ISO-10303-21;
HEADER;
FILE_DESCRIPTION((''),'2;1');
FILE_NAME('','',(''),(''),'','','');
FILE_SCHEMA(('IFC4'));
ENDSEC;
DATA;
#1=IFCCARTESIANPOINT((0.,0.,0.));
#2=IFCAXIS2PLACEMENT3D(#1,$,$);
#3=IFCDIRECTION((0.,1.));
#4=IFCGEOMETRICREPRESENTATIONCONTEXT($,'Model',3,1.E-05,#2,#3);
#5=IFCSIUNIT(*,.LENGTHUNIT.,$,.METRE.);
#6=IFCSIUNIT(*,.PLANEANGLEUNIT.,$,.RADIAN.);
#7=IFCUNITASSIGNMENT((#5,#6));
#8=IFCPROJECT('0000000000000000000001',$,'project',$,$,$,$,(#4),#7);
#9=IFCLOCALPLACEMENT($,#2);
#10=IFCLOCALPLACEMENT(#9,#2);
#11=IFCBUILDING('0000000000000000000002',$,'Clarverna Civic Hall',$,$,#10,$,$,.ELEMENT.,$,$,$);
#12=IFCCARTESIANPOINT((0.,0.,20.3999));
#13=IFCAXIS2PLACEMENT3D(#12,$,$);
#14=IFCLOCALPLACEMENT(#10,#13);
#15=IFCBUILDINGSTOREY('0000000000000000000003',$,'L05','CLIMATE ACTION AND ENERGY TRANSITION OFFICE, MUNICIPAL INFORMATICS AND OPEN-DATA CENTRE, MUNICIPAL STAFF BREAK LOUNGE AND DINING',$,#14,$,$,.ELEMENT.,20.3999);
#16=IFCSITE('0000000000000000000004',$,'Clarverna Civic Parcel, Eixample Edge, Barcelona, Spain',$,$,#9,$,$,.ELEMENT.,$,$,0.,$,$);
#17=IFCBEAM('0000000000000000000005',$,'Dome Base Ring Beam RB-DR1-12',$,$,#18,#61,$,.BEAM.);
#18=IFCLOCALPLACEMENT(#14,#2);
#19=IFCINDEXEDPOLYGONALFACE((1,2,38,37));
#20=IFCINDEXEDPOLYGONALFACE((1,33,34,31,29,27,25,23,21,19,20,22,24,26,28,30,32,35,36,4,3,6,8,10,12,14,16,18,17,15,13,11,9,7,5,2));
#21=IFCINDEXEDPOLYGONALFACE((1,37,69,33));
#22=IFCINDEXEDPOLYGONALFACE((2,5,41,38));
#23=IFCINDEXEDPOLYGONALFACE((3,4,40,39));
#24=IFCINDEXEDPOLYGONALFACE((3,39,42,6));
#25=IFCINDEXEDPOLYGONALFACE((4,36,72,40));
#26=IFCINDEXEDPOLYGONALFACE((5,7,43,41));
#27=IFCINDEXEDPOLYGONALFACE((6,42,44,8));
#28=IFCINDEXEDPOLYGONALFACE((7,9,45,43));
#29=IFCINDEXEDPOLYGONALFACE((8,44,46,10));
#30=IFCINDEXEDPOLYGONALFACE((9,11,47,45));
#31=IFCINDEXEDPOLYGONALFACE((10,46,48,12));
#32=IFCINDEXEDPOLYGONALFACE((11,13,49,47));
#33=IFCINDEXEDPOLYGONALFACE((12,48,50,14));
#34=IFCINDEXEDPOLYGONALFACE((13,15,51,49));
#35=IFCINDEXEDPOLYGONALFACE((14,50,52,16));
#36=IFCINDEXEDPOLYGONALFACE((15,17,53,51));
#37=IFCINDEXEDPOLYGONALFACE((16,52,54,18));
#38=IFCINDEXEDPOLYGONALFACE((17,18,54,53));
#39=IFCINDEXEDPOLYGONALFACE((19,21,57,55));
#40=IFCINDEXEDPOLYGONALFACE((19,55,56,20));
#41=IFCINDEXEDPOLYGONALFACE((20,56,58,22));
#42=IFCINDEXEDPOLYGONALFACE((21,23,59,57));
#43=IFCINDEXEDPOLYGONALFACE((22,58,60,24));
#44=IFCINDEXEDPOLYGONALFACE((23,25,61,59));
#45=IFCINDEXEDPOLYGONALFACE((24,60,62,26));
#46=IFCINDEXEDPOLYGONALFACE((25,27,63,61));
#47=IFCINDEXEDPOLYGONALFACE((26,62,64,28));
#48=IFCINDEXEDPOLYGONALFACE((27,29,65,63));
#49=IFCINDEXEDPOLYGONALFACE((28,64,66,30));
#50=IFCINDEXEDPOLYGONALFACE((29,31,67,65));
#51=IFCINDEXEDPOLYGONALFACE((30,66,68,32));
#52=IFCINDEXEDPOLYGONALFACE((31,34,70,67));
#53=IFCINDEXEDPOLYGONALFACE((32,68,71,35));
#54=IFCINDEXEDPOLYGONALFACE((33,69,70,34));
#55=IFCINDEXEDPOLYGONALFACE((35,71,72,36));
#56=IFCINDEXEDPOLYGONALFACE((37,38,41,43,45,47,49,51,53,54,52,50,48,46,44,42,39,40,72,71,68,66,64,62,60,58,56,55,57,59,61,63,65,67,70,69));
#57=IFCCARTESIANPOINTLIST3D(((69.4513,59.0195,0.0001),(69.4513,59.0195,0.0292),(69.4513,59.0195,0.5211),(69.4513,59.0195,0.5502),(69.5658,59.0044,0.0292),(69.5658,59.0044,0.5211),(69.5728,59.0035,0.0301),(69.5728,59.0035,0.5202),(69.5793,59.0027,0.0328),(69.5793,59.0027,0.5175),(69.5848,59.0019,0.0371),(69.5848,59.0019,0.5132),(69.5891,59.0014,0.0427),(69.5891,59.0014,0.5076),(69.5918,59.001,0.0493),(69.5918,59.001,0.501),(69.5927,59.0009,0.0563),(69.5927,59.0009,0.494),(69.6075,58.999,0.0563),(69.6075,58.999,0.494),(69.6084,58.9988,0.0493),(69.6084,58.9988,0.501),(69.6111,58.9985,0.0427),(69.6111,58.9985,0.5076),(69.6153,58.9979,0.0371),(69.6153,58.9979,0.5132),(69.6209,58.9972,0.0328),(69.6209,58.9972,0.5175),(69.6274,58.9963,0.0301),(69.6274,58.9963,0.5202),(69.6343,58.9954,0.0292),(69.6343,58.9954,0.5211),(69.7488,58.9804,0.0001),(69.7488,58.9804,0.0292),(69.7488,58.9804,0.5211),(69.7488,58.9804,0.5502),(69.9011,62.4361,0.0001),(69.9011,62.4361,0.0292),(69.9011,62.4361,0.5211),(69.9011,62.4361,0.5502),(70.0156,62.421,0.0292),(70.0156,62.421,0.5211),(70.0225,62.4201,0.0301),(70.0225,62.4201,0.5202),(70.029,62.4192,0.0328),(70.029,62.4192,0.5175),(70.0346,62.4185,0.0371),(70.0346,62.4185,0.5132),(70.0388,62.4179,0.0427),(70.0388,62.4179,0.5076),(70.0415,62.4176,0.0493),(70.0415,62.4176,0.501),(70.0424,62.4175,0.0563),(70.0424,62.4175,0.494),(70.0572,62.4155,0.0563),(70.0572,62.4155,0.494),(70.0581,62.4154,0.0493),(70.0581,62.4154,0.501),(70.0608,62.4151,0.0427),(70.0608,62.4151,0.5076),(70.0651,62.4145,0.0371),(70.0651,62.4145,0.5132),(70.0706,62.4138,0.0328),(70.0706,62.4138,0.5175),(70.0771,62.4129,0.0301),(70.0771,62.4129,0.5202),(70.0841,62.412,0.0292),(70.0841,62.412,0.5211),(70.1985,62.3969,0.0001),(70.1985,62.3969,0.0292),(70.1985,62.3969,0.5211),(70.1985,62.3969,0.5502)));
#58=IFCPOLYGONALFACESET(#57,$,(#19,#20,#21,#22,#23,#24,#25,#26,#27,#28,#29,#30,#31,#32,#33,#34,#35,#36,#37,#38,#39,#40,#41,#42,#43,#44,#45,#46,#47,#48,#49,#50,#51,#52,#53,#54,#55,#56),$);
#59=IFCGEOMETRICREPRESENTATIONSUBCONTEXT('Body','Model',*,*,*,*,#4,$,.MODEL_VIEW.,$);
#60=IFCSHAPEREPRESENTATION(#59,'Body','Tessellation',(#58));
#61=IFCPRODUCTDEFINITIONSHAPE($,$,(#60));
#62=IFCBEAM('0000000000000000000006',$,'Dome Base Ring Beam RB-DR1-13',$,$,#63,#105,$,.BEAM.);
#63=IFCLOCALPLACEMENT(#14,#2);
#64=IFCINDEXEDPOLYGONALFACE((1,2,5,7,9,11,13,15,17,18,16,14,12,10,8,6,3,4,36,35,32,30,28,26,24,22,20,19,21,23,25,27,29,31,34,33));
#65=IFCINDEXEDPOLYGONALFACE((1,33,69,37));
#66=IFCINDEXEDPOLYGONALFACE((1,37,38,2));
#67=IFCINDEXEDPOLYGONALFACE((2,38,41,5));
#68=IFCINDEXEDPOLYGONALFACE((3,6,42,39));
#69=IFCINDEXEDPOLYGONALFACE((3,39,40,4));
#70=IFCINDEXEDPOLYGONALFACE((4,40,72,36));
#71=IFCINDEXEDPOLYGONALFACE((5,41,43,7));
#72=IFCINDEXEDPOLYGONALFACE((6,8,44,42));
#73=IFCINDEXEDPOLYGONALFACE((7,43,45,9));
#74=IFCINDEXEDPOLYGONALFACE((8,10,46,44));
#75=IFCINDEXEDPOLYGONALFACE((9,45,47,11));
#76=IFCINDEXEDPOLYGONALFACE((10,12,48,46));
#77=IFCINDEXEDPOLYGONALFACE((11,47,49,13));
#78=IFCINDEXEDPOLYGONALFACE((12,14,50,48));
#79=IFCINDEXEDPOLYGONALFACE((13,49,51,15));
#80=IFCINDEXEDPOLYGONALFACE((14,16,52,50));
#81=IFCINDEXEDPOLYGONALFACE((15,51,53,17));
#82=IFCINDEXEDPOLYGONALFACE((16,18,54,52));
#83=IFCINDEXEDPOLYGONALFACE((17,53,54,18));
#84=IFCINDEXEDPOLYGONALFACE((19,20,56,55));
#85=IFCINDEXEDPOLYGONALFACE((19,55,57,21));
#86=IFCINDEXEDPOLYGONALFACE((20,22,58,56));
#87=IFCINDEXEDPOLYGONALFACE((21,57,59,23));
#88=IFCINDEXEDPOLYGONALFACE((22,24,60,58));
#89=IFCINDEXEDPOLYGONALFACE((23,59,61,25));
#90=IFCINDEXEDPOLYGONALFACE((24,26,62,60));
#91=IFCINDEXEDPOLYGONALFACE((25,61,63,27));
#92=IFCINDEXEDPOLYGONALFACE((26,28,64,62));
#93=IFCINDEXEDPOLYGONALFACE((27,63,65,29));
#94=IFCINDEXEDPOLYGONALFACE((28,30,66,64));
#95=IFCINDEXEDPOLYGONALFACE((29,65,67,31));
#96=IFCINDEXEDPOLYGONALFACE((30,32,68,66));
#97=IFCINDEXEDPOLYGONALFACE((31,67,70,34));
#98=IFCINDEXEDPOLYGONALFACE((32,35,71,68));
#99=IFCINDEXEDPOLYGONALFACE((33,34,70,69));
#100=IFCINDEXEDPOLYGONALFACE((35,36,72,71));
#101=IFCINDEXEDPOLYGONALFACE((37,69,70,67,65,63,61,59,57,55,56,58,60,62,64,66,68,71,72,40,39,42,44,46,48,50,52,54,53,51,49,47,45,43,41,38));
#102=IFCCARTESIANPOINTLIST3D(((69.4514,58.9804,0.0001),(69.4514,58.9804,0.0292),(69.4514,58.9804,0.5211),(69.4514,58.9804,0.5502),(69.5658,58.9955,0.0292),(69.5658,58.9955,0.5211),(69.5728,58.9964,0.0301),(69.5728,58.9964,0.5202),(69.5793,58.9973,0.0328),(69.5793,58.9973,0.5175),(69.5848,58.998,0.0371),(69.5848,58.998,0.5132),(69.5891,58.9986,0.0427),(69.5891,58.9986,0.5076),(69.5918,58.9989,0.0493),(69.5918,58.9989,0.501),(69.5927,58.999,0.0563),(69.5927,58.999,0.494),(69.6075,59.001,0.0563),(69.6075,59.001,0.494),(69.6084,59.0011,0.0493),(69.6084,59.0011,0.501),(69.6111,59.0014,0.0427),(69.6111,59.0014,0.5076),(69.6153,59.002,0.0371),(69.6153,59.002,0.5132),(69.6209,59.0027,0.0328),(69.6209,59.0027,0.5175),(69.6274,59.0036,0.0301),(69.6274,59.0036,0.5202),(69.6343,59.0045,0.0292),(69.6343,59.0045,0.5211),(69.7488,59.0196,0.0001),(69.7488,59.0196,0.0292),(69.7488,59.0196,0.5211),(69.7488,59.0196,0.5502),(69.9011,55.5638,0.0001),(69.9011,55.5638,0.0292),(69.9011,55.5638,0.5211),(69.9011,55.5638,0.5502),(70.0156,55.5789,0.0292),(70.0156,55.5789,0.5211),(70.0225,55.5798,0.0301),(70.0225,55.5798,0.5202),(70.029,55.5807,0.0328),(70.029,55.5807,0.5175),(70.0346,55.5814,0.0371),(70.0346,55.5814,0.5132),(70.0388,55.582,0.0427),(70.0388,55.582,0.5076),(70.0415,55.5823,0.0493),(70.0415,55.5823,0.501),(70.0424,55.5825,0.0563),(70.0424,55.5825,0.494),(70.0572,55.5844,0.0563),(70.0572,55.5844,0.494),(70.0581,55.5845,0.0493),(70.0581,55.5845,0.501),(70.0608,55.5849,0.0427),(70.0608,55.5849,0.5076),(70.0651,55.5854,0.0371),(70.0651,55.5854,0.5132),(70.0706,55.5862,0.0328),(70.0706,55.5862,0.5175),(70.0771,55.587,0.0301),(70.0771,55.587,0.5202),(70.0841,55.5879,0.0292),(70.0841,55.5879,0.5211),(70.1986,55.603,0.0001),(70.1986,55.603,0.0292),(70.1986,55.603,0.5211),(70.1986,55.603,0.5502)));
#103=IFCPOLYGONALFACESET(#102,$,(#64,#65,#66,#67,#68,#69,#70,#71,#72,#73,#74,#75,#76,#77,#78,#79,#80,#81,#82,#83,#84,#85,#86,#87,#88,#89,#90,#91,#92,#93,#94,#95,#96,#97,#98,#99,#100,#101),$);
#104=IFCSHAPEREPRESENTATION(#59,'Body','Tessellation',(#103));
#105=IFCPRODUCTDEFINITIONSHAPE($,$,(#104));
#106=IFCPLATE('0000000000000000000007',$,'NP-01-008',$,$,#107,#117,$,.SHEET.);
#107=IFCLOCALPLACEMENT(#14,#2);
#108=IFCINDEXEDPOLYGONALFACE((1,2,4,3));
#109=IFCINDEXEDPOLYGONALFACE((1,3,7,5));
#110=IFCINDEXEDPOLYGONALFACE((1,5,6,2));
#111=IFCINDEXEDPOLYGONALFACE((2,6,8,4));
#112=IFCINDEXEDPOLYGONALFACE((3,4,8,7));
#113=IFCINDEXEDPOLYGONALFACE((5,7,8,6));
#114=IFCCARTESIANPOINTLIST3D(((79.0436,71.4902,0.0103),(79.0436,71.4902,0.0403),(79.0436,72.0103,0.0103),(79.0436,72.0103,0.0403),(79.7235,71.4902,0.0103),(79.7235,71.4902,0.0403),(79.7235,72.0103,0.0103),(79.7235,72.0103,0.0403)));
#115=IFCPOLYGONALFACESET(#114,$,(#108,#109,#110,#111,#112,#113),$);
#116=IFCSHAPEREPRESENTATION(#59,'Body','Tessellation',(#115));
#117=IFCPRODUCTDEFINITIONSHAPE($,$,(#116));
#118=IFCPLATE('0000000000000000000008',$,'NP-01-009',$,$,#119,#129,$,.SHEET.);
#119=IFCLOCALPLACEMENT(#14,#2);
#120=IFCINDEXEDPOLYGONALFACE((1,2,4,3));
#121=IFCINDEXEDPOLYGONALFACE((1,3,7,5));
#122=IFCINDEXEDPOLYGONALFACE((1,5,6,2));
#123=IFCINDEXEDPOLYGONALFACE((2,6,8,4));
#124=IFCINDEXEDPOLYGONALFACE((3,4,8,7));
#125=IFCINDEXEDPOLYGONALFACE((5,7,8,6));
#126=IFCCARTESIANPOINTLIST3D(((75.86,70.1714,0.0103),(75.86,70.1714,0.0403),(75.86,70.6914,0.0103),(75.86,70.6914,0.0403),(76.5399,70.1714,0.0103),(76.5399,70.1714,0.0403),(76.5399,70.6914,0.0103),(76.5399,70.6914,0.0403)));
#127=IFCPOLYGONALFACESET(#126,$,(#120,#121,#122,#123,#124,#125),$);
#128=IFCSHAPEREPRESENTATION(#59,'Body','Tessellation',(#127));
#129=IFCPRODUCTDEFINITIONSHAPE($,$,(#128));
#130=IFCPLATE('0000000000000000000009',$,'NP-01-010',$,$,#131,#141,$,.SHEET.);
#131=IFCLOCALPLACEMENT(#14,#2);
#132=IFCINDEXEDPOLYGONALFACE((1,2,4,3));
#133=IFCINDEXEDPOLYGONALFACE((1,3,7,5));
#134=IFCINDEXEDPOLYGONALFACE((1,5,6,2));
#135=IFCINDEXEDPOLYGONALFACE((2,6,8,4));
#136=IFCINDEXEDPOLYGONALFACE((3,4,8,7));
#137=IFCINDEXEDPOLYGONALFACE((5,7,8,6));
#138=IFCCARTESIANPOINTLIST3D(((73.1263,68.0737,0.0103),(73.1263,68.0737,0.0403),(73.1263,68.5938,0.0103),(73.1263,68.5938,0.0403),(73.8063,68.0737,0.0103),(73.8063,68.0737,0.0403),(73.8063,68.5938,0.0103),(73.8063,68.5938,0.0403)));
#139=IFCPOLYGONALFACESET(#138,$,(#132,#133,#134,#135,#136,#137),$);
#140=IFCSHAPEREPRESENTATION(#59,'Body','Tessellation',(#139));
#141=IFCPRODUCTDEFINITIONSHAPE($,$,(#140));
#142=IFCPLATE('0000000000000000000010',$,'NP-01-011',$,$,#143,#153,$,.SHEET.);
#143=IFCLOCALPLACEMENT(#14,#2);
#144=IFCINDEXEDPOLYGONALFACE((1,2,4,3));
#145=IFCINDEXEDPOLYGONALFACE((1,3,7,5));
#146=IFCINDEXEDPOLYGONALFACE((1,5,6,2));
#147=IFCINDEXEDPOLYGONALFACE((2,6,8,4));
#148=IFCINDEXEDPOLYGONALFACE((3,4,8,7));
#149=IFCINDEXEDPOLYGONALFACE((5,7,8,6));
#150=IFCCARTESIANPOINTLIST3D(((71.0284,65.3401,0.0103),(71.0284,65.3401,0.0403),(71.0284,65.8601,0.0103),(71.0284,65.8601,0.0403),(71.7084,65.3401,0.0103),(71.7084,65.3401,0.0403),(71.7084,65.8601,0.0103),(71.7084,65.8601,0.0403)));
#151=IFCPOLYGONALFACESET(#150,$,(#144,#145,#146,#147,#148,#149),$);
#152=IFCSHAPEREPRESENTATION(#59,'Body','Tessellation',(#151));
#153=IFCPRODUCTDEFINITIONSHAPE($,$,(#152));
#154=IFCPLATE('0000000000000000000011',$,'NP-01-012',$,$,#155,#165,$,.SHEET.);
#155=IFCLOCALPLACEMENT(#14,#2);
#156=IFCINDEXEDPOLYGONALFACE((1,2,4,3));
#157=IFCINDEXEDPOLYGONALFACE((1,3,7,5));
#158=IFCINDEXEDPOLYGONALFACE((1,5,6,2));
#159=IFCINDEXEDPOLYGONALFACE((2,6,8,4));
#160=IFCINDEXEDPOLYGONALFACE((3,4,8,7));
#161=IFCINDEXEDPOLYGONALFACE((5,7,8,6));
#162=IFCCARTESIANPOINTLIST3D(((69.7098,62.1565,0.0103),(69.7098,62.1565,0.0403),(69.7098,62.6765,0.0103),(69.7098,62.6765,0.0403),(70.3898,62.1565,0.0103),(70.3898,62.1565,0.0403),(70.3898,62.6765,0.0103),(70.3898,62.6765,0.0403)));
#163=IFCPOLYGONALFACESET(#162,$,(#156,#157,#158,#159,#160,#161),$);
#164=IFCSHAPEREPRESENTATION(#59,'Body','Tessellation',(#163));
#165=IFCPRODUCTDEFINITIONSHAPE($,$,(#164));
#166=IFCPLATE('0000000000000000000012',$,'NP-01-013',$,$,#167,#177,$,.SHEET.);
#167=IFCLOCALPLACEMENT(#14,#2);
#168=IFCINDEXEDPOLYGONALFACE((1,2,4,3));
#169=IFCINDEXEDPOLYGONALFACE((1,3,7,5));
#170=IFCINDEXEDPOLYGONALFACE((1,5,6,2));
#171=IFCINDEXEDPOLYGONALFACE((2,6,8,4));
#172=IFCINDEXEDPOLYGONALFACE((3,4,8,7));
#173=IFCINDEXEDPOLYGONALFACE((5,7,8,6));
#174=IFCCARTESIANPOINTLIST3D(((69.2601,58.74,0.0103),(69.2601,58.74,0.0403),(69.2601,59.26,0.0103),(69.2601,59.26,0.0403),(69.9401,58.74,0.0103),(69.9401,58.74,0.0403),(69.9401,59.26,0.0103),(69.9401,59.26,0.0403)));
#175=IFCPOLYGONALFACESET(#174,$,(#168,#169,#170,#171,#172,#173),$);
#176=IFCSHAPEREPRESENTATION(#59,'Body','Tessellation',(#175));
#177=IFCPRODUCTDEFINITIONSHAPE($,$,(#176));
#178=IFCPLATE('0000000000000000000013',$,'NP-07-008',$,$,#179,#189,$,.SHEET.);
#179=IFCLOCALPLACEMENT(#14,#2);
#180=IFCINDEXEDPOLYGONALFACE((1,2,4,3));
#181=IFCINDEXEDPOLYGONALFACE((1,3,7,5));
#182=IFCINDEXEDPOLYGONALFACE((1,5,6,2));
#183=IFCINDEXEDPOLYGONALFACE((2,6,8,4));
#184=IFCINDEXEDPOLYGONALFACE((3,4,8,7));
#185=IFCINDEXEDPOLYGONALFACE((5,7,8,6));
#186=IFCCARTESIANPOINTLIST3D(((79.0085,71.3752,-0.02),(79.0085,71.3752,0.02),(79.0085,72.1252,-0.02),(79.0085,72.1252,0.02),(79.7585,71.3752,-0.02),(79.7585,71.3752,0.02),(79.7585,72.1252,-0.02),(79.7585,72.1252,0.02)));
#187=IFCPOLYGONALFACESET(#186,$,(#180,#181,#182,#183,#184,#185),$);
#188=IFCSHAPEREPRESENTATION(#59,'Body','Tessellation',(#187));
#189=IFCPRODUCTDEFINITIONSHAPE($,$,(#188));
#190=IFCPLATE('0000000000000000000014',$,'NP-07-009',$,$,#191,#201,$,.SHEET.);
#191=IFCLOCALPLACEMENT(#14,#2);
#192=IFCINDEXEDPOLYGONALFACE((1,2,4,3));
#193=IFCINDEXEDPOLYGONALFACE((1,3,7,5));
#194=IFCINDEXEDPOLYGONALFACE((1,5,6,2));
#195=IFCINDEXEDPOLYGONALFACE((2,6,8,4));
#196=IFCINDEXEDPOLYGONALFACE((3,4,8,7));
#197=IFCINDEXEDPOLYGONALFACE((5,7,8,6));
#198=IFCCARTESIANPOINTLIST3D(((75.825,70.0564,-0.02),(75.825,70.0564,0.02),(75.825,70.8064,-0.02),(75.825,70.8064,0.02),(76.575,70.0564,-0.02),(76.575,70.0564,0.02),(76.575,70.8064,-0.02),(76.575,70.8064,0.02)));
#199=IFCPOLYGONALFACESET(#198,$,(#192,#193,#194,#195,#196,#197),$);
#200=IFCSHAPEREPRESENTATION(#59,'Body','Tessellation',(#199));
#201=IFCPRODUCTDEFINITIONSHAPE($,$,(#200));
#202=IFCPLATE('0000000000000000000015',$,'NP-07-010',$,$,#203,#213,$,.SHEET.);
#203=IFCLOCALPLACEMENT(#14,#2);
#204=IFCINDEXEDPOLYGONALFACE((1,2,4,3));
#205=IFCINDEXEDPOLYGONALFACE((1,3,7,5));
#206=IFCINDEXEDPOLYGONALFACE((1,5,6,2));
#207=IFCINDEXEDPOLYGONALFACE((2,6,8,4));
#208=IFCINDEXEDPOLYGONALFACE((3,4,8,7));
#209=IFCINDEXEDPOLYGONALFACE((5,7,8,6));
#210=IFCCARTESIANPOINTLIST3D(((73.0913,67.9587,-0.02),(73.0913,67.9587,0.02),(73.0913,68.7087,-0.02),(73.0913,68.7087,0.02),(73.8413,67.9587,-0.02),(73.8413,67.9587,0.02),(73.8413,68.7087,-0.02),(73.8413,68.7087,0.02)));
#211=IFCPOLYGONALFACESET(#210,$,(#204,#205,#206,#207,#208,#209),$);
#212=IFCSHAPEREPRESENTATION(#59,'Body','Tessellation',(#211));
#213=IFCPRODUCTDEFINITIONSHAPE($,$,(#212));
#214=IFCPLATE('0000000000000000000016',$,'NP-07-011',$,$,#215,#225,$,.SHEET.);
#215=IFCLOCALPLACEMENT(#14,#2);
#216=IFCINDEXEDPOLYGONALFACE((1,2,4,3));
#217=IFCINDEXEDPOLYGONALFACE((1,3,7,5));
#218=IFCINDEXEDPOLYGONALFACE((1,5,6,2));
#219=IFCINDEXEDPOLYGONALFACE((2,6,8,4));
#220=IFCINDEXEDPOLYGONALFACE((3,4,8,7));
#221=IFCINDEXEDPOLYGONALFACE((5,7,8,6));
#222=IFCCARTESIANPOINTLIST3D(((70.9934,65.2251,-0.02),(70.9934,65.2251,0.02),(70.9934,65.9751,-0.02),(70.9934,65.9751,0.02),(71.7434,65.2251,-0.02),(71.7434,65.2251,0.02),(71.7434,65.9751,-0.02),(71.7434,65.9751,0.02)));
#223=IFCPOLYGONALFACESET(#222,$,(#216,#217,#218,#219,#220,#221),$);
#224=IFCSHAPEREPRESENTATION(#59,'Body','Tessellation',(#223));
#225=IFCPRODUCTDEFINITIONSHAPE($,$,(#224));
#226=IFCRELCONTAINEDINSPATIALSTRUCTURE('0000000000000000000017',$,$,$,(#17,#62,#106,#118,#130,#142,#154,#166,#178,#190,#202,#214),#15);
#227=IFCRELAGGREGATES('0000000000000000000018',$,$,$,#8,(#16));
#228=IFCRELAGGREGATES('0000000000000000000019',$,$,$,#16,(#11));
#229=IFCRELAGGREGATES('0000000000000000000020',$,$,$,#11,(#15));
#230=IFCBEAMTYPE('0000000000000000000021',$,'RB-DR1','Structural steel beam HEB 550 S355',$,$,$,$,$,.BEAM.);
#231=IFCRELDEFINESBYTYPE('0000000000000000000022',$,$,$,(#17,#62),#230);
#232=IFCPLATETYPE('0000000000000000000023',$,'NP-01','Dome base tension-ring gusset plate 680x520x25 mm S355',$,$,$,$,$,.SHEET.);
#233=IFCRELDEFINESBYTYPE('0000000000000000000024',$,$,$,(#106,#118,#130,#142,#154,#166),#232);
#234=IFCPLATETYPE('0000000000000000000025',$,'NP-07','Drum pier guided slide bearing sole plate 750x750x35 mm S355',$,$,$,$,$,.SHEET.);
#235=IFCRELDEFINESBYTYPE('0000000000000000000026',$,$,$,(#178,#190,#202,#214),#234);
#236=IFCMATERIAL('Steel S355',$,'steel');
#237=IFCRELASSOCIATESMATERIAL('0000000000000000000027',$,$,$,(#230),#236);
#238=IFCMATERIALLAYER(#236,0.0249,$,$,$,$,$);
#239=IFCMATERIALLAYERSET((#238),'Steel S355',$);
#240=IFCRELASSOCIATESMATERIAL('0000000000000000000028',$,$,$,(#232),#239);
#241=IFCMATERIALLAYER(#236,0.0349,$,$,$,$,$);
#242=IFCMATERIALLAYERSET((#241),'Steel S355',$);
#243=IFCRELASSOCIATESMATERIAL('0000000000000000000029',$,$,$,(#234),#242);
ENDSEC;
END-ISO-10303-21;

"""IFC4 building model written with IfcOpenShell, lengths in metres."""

from ifc_helpers import new_model, si_unit, direction, frame, origin, origin_2d, place, context, subcontext, project, spatial, rectangle, i_section, extrude, material, layer, layer_set, material_profile, profile_set, type_object, element, save


model = new_model("IFC4")

# Units and contexts
model_context = context("Model", 3, precision=1e-05, world=origin(), true_north=direction((0.0, 1.0)))
body_context = subcontext(model_context, "Body", "Model", "MODEL_VIEW")
ifc_project = project(units=[si_unit("LENGTHUNIT", "METRE"), si_unit("PLANEANGLEUNIT", "RADIAN")], contexts=[model_context])

# Site, building, storey
site_placement = place(None, origin())
site = spatial("IfcSite", under=ifc_project, at=site_placement, Name="Clarverna Civic Parcel, Eixample Edge, Barcelona, Spain", CompositionType="ELEMENT", RefElevation=0.0)
building_placement = place(site_placement, origin())
building = spatial("IfcBuilding", under=site, at=building_placement, Name="Clarverna Civic Hall", CompositionType="ELEMENT")
storey_placement = place(building_placement, frame((0.0, 0.0, 20.3999)))
storey = spatial("IfcBuildingStorey", under=building, at=storey_placement, Name="L05", Description="CLIMATE ACTION AND ENERGY TRANSITION OFFICE, MUNICIPAL INFORMATICS AND OPEN-DATA CENTRE, MUNICIPAL STAFF BREAK LOUNGE AND DINING", CompositionType="ELEMENT", Elevation=20.3999)

# Beams
ifc_material_1 = material(Name="Steel S355", Category="steel")
ifc_material_profile = material_profile(ifc_material_1, i_section(OverallWidth=0.3, OverallDepth=0.55, WebThickness=0.0149, FlangeThickness=0.0291, FilletRadius=0.0271, at=origin_2d()), Name="HEB 550")
ifc_profile_set = profile_set([ifc_material_profile], Name="Steel S355")
beam_type = type_object("IfcBeamType", Name="RB-DR1", Description="Structural steel beam HEB 550 S355", PredefinedType="BEAM", material=ifc_profile_set)
for number, where, z_axis, x_axis, name in (
    (1, (70.0498, 62.4165, 0.2751), (-0.130502, -0.991448, 0.0), (0.991448, -0.130502, 0.0), "Dome Base Ring Beam RB-DR1-12"),
    (2, (69.6001, 59.0, 0.2751), (0.130502, -0.991448, 0.0), (0.991448, 0.130502, 0.0), "Dome Base Ring Beam RB-DR1-13"),
):
    element("IfcBeam", number, at=place(storey_placement, frame(where, z_axis=z_axis, x_axis=x_axis)), inside=storey, type_object=beam_type, Name=name, PredefinedType="BEAM", context=body_context, shape_type="SweptSolid", body=[
        extrude(i_section(OverallWidth=0.3, OverallDepth=0.55, WebThickness=0.0149, FlangeThickness=0.0291, FilletRadius=0.0271, at=origin_2d()), origin(), (0.0, 0.0, 1.0), 3.446),
    ])

# Plates
ifc_layer_1 = layer(ifc_material_1, 0.0249)
ifc_layer_set_1 = layer_set([ifc_layer_1], Name="Steel S355")
plate_type_1 = type_object("IfcPlateType", Name="NP-01", Description="Dome base tension-ring gusset plate 680x520x25 mm S355", PredefinedType="SHEET", material=ifc_layer_set_1)
for number, where, z_axis, x_axis, name in (
    (3, (79.3835, 71.7502, 0.0103), (0.0, 0.0, 1.0), (1.0, 0.0, 0.0), "NP-01-008"),
    (4, (76.2, 70.4314, 0.0103), (0.0, 0.0, 1.0), (1.0, 0.0, 0.0), "NP-01-009"),
    (5, (73.4663, 68.3337, 0.0103), (0.0, 0.0, 1.0), (1.0, 0.0, 0.0), "NP-01-010"),
    (6, (71.3684, 65.6001, 0.0103), (0.0, 0.0, 1.0), (1.0, 0.0, 0.0), "NP-01-011"),
    (7, (70.0498, 62.4165, 0.0103), (0.0, 0.0, 1.0), (1.0, 0.0, 0.0), "NP-01-012"),
    (8, (69.6001, 59.0, 0.0103), (0.0, 0.0, 1.0), (1.0, 0.0, 0.0), "NP-01-013"),
):
    element("IfcPlate", number, at=place(storey_placement, frame(where, z_axis=z_axis, x_axis=x_axis)), inside=storey, type_object=plate_type_1, Name=name, PredefinedType="SHEET", context=body_context, shape_type="SweptSolid", body=[
        extrude(rectangle(XDim=0.6799, YDim=0.52, at=origin_2d()), origin(), (0.0, 0.0, 1.0), 0.03),
    ])
ifc_layer_2 = layer(ifc_material_1, 0.0349)
ifc_layer_set_2 = layer_set([ifc_layer_2], Name="Steel S355")
plate_type_2 = type_object("IfcPlateType", Name="NP-07", Description="Drum pier guided slide bearing sole plate 750x750x35 mm S355", PredefinedType="SHEET", material=ifc_layer_set_2)
for number, where, z_axis, x_axis, name in (
    (9, (79.3835, 71.7502, -0.02), (0.0, 0.0, 1.0), (1.0, 0.0, 0.0), "NP-07-008"),
    (10, (76.2, 70.4314, -0.02), (0.0, 0.0, 1.0), (1.0, 0.0, 0.0), "NP-07-009"),
    (11, (73.4663, 68.3337, -0.02), (0.0, 0.0, 1.0), (1.0, 0.0, 0.0), "NP-07-010"),
    (12, (71.3684, 65.6001, -0.02), (0.0, 0.0, 1.0), (1.0, 0.0, 0.0), "NP-07-011"),
):
    element("IfcPlate", number, at=place(storey_placement, frame(where, z_axis=z_axis, x_axis=x_axis)), inside=storey, type_object=plate_type_2, Name=name, PredefinedType="SHEET", context=body_context, shape_type="SweptSolid", body=[
        extrude(rectangle(XDim=0.75, YDim=0.75, at=origin_2d()), origin(), (0.0, 0.0, 1.0), 0.04),
    ])

save(model, "model.ifc")
